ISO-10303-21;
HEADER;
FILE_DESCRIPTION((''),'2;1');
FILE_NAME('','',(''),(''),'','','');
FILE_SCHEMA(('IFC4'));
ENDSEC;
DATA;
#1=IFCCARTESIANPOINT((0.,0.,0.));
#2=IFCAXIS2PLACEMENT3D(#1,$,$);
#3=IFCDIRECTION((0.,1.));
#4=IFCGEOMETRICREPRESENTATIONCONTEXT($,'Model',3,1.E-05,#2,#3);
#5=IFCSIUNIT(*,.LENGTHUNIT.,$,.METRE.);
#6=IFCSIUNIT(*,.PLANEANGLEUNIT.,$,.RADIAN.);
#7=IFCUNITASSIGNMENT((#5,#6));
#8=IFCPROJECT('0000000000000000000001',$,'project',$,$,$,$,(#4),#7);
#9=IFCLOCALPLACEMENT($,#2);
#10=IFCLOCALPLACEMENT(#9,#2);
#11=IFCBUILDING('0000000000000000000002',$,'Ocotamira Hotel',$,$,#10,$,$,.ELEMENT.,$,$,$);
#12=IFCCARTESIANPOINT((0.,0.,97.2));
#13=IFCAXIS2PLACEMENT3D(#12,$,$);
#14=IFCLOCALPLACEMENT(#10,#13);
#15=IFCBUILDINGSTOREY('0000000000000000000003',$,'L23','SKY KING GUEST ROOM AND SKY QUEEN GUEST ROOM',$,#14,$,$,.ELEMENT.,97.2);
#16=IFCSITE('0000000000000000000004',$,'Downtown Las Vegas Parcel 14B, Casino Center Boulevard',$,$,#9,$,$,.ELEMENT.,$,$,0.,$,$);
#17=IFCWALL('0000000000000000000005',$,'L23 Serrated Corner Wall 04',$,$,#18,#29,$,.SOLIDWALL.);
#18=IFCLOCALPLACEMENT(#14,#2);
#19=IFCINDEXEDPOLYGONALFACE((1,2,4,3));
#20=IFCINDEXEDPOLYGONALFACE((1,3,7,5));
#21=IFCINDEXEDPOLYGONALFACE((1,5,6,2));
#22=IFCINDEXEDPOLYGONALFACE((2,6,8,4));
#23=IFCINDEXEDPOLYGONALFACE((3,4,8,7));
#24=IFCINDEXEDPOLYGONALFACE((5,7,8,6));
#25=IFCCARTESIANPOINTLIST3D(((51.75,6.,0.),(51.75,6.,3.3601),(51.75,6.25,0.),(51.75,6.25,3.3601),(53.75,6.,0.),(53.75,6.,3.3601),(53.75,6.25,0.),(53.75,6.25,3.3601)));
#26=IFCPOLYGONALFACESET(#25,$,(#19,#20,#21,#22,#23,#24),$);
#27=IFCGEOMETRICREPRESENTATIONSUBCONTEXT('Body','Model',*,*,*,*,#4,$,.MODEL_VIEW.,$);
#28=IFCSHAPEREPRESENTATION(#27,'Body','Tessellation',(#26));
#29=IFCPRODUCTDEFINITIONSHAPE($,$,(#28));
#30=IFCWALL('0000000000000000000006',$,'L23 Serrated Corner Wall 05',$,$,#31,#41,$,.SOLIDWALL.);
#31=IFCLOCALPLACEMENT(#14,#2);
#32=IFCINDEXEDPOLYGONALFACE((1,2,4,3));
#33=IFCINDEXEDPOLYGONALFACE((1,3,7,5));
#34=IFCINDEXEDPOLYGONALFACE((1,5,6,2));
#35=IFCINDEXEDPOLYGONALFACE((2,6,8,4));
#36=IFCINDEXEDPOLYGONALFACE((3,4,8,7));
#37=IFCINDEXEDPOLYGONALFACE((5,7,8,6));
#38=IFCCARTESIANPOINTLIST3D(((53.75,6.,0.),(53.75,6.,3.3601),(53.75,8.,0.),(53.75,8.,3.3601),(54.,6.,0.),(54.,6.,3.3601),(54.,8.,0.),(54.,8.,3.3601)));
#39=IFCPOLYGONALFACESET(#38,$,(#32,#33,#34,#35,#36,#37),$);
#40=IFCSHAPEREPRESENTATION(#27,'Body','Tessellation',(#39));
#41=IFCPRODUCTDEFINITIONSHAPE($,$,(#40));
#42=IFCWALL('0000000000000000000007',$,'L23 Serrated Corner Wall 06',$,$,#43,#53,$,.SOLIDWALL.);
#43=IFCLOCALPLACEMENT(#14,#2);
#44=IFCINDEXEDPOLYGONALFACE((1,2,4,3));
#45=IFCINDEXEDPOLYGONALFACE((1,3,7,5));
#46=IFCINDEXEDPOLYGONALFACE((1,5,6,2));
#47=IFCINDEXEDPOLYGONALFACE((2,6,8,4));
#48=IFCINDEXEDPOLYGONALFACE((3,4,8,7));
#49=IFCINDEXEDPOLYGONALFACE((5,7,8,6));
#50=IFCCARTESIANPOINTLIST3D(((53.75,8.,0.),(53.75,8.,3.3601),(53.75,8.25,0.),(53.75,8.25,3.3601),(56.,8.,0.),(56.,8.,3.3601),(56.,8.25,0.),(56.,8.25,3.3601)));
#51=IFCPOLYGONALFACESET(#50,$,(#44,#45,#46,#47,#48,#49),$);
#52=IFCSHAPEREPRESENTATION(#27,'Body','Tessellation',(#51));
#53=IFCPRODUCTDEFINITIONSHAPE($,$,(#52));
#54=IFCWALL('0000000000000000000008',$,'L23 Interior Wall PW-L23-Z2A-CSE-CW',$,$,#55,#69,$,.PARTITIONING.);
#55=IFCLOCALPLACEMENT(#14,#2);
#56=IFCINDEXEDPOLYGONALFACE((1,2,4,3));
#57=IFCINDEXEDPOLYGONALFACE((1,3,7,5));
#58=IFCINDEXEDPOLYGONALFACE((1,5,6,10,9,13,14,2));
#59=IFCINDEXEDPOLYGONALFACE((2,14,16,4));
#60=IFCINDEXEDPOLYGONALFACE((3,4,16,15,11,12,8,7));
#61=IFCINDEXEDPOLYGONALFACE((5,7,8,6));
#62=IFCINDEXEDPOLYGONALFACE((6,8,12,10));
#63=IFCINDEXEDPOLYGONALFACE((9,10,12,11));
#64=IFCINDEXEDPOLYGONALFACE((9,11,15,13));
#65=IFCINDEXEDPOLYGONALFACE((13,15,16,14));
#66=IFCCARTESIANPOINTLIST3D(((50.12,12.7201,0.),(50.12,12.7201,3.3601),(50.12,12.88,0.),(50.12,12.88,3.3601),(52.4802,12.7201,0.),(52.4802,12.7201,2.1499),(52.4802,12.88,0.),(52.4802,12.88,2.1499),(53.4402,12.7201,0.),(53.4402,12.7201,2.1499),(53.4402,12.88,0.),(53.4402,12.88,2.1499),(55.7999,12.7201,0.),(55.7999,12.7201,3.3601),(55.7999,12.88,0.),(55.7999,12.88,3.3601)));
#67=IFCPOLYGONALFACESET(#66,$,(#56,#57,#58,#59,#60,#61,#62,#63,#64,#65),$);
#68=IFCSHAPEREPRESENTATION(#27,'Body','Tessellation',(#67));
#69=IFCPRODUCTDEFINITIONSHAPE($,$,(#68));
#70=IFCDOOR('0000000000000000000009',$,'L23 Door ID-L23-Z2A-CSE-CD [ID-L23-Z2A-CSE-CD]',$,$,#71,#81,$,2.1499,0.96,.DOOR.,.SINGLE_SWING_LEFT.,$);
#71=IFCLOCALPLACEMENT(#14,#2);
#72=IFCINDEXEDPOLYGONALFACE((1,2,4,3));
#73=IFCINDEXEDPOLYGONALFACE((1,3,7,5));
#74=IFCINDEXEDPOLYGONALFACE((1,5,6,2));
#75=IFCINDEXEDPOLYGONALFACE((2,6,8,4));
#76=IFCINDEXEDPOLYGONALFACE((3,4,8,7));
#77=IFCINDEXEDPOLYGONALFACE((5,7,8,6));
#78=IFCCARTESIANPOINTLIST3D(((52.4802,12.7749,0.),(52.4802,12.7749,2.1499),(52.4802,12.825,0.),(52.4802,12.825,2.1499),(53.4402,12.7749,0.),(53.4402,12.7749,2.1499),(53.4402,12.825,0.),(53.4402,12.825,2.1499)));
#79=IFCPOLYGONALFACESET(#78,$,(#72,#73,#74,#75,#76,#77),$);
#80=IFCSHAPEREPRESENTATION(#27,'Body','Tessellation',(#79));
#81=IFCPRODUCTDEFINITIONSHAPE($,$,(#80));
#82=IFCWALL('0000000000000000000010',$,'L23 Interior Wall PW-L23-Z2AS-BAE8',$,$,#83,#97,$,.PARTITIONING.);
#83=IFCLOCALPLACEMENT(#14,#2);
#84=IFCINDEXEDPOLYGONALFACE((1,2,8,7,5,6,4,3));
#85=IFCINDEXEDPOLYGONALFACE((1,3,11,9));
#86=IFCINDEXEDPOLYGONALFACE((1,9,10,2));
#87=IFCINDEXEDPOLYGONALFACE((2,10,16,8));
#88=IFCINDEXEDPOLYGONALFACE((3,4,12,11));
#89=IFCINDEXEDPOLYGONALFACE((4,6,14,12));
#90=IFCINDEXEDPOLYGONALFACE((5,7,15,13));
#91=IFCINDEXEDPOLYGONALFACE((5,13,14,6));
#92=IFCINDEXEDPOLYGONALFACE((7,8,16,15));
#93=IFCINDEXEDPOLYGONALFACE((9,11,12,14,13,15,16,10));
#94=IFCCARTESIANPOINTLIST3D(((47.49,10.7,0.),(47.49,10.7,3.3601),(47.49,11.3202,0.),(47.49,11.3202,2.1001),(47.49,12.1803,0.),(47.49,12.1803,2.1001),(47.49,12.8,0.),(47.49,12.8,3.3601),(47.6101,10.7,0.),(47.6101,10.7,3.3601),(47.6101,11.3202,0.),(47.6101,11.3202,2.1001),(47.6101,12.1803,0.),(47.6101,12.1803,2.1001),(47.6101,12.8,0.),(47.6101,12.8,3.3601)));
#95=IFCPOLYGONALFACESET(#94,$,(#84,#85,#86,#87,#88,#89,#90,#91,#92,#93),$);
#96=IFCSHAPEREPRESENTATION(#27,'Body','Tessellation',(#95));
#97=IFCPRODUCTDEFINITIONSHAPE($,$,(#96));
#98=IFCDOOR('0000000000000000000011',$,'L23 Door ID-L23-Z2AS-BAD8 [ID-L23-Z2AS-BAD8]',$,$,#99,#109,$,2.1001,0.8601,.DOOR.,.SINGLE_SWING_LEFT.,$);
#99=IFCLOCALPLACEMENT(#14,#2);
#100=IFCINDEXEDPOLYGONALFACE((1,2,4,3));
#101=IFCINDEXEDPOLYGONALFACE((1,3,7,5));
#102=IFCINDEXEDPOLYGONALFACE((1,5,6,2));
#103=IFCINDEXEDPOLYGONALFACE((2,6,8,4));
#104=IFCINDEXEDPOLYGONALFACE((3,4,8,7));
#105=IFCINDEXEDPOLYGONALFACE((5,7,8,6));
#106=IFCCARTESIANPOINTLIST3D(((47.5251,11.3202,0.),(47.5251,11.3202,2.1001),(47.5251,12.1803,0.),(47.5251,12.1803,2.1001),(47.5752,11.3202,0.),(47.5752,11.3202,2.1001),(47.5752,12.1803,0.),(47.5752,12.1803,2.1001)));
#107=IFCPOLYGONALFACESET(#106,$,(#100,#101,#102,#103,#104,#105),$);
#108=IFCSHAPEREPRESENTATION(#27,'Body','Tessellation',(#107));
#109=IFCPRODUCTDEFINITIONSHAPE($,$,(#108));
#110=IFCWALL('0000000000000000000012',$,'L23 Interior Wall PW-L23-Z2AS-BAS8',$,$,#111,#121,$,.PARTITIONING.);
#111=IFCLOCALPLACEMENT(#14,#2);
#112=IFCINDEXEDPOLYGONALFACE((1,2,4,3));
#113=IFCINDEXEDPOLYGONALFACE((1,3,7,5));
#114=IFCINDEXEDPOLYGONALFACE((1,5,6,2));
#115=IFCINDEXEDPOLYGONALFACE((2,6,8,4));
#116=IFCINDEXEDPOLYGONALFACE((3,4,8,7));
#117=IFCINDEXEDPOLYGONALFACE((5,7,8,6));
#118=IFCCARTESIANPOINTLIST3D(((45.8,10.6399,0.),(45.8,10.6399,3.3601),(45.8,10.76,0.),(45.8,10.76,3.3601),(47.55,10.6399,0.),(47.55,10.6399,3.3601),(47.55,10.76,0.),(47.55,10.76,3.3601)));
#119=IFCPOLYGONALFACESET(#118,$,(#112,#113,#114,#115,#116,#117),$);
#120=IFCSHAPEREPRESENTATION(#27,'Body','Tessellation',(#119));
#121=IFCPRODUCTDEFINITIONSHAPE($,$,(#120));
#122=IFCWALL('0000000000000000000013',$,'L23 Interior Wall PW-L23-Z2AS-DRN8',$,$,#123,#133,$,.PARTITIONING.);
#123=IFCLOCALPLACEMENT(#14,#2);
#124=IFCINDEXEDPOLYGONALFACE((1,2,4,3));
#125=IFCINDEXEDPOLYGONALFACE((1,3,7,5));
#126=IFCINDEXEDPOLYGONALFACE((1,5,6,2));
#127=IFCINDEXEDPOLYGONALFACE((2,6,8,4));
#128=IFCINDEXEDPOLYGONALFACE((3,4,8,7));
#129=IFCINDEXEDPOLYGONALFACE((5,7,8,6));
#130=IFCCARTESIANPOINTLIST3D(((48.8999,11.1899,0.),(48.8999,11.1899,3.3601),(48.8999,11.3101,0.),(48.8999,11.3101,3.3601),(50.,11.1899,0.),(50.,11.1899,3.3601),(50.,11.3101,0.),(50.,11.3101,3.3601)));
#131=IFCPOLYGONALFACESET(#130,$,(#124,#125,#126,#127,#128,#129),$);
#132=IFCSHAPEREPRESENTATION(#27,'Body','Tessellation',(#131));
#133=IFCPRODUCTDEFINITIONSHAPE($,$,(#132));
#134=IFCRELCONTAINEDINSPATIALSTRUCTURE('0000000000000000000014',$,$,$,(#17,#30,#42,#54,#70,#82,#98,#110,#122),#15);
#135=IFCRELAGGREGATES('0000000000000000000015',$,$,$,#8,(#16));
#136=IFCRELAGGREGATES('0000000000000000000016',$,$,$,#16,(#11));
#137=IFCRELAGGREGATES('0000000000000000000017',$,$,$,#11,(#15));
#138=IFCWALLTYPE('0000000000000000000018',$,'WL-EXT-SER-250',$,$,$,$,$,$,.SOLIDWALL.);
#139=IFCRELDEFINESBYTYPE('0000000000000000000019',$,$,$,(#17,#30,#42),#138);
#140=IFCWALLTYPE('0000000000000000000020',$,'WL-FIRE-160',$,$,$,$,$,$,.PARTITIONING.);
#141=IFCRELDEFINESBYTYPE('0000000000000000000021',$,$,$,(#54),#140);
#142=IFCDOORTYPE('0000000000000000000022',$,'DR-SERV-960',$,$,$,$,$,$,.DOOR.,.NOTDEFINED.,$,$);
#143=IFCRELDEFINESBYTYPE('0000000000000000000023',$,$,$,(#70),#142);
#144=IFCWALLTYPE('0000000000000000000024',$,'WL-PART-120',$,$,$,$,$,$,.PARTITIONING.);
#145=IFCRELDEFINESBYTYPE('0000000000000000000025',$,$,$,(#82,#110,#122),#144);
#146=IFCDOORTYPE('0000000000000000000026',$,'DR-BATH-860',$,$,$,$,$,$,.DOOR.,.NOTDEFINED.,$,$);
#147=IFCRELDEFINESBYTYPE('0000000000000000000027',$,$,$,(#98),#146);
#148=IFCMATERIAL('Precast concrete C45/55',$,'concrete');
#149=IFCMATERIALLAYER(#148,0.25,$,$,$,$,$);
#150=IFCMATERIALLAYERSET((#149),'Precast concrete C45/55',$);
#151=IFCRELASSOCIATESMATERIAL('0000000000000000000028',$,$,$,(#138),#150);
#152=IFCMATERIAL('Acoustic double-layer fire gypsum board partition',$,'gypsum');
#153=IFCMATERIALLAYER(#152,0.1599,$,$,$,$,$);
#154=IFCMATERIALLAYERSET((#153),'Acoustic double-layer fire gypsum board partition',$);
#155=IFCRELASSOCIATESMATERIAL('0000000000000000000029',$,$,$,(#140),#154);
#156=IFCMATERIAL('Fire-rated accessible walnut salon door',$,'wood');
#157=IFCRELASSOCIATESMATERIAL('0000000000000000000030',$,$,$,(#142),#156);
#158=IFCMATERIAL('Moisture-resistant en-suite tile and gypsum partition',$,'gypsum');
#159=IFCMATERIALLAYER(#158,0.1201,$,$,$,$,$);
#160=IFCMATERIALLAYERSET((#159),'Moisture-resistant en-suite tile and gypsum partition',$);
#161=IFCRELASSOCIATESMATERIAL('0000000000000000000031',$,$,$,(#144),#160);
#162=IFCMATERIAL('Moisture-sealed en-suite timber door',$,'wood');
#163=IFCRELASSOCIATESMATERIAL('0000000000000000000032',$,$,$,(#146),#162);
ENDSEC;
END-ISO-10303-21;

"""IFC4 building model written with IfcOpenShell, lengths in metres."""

from ifc_helpers import new_model, si_unit, direction, frame, frame_2d, origin, place, context, subcontext, project, spatial, rectangle, extrude, source, transform, mapped, material, layer, layer_set, type_object, element, fill, save


model = new_model("IFC4")

# Units and contexts
model_context = context("Model", 3, precision=1e-05, world=origin(), true_north=direction((0.0, 1.0)))
body_context = subcontext(model_context, "Body", "Model", "MODEL_VIEW")
ifc_project = project(units=[si_unit("LENGTHUNIT", "METRE"), si_unit("PLANEANGLEUNIT", "RADIAN")], contexts=[model_context])

# Site, building, storey
site_placement = place(None, origin())
site = spatial("IfcSite", under=ifc_project, at=site_placement, Name="Downtown Las Vegas Parcel 14B, Casino Center Boulevard", CompositionType="ELEMENT", RefElevation=0.0)
building_placement = place(site_placement, origin())
building = spatial("IfcBuilding", under=site, at=building_placement, Name="Ocotamira Hotel", CompositionType="ELEMENT")
storey_placement = place(building_placement, frame((0.0, 0.0, 97.2)))
storey = spatial("IfcBuildingStorey", under=building, at=storey_placement, Name="L23", Description="SKY KING GUEST ROOM AND SKY QUEEN GUEST ROOM", CompositionType="ELEMENT", Elevation=97.2)

# Shared definitions
ifc_material_1 = material(Name="Precast concrete C45/55", Category="concrete")
ifc_layer_1 = layer(ifc_material_1, 0.25)
ifc_layer_set_1 = layer_set([ifc_layer_1], Name="Precast concrete C45/55")
wall_type_1 = type_object("IfcWallType", Name="WL-EXT-SER-250", PredefinedType="SOLIDWALL", material=ifc_layer_set_1)

# Walls
for number, where, z_axis, x_axis, name in (
    (1, (51.75, 6.125, 0.0), (0.0, 0.0, 1.0), (1.0, 0.0, 0.0), "L23 Serrated Corner Wall 04"),
    (2, (53.875, 6.0, 0.0), (0.0, 0.0, 1.0), (0.0, 1.0, 0.0), "L23 Serrated Corner Wall 05"),
):
    element("IfcWall", number, at=place(storey_placement, frame(where, z_axis=z_axis, x_axis=x_axis)), inside=storey, type_object=wall_type_1, Name=name, PredefinedType="SOLIDWALL", context=body_context, shape_type="SweptSolid", body=[
        extrude(rectangle(XDim=2.0, YDim=0.25, at=frame_2d((1.0, 0.0))), origin(), (0.0, 0.0, 1.0), 3.3601),
    ])
wall_1_placement = place(storey_placement, frame((53.75, 8.125, 0.0), z_axis=(0.0, 0.0, 1.0), x_axis=(1.0, 0.0, 0.0)))
element("IfcWall", 3, at=wall_1_placement, inside=storey, type_object=wall_type_1, Name="L23 Serrated Corner Wall 06", PredefinedType="SOLIDWALL", context=body_context, shape_type="SweptSolid", body=[
    extrude(rectangle(XDim=2.25, YDim=0.25, at=frame_2d((1.125, 0.0))), origin(), (0.0, 0.0, 1.0), 3.3601),
])

# Walls, openings, doors
ifc_material_2 = material(Name="Acoustic double-layer fire gypsum board partition", Category="gypsum")
ifc_layer_2 = layer(ifc_material_2, 0.1599)
ifc_layer_set_2 = layer_set([ifc_layer_2], Name="Acoustic double-layer fire gypsum board partition")
wall_type_2 = type_object("IfcWallType", Name="WL-FIRE-160", PredefinedType="PARTITIONING", material=ifc_layer_set_2)
wall_2_placement = place(storey_placement, frame((50.1201, 12.8, 0.0), z_axis=(0.0, 0.0, 1.0), x_axis=(1.0, 0.0, 0.0)))
wall_2 = element("IfcWall", 4, at=wall_2_placement, inside=storey, type_object=wall_type_2, Name="L23 Interior Wall PW-L23-Z2A-CSE-CW", PredefinedType="PARTITIONING", context=body_context, shape_type="SweptSolid", body=[
    extrude(rectangle(XDim=5.6799, YDim=0.1599, at=frame_2d((2.8398, 0.0))), origin(), (0.0, 0.0, 1.0), 3.3601),
])
opening_1_placement = place(wall_2_placement, frame((2.3601, 0.0, 0.0)))
opening_1 = element("IfcOpeningElement", 5, at=opening_1_placement, cuts=wall_2, PredefinedType="OPENING", context=body_context, shape_type="SweptSolid", body=[
    extrude(rectangle(XDim=0.96, YDim=2.1499, at=frame_2d((0.48, 1.075))), frame((0.0, 0.0898, 0.0), z_axis=(0.0, -1.0, 0.0), x_axis=(1.0, 0.0, 0.0)), (0.0, 0.0, 1.0), 0.1799),
])
ifc_material_3 = material(Name="Fire-rated accessible walnut salon door", Category="wood")
door_type_1 = type_object("IfcDoorType", Name="DR-SERV-960", OperationType="NOTDEFINED", PredefinedType="DOOR", material=ifc_material_3)
shared_shape_1 = source(origin(), body_context, "Body", "SweptSolid", [
    extrude(rectangle(XDim=0.96, YDim=2.1499, at=frame_2d((0.48, 1.075))), frame((0.0, 0.0249, 0.0), z_axis=(0.0, -1.0, 0.0), x_axis=(1.0, 0.0, 0.0)), (0.0, 0.0, 1.0), 0.05),
])
door_1_placement = place(opening_1_placement, origin())
door_1 = element("IfcDoor", 6, at=door_1_placement, inside=storey, type_object=door_type_1, Name="L23 Door ID-L23-Z2A-CSE-CD [ID-L23-Z2A-CSE-CD]", OperationType="SINGLE_SWING_LEFT", OverallHeight=2.1499, OverallWidth=0.96, PredefinedType="DOOR", context=body_context, shape_type="MappedRepresentation", body=[
    mapped(shared_shape_1, transform((0.0, 0.0, 0.0), scale=1.0)),
])
fill(opening_1, door_1)
ifc_material_4 = material(Name="Moisture-resistant en-suite tile and gypsum partition", Category="gypsum")
ifc_layer_3 = layer(ifc_material_4, 0.1201)
ifc_layer_set_3 = layer_set([ifc_layer_3], Name="Moisture-resistant en-suite tile and gypsum partition")
wall_type_3 = type_object("IfcWallType", Name="WL-PART-120", PredefinedType="PARTITIONING", material=ifc_layer_set_3)
wall_3_placement = place(storey_placement, frame((47.55, 10.7, 0.0), z_axis=(0.0, 0.0, 1.0), x_axis=(0.0, 1.0, 0.0)))
wall_3 = element("IfcWall", 7, at=wall_3_placement, inside=storey, type_object=wall_type_3, Name="L23 Interior Wall PW-L23-Z2AS-BAE8", PredefinedType="PARTITIONING", context=body_context, shape_type="SweptSolid", body=[
    extrude(rectangle(XDim=2.1001, YDim=0.1201, at=frame_2d((1.05, 0.0))), origin(), (0.0, 0.0, 1.0), 3.3601),
])
opening_2_placement = place(wall_3_placement, frame((0.6201, 0.0, 0.0)))
opening_2 = element("IfcOpeningElement", 8, at=opening_2_placement, cuts=wall_3, PredefinedType="OPENING", context=body_context, shape_type="SweptSolid", body=[
    extrude(rectangle(XDim=0.8601, YDim=2.1001, at=frame_2d((0.4302, 1.05))), frame((0.0, 0.0701, 0.0), z_axis=(0.0, -1.0, 0.0), x_axis=(1.0, 0.0, 0.0)), (0.0, 0.0, 1.0), 0.1401),
])
ifc_material_5 = material(Name="Moisture-sealed en-suite timber door", Category="wood")
door_type_2 = type_object("IfcDoorType", Name="DR-BATH-860", OperationType="NOTDEFINED", PredefinedType="DOOR", material=ifc_material_5)
shared_shape_2 = source(origin(), body_context, "Body", "SweptSolid", [
    extrude(rectangle(XDim=0.8601, YDim=2.1001, at=frame_2d((0.4302, 1.05))), frame((0.0, 0.0249, 0.0), z_axis=(0.0, -1.0, 0.0), x_axis=(1.0, 0.0, 0.0)), (0.0, 0.0, 1.0), 0.05),
])
door_2_placement = place(opening_2_placement, origin())
door_2 = element("IfcDoor", 9, at=door_2_placement, inside=storey, type_object=door_type_2, Name="L23 Door ID-L23-Z2AS-BAD8 [ID-L23-Z2AS-BAD8]", OperationType="SINGLE_SWING_LEFT", OverallHeight=2.1001, OverallWidth=0.8601, PredefinedType="DOOR", context=body_context, shape_type="MappedRepresentation", body=[
    mapped(shared_shape_2, transform((0.0, 0.0, 0.0), scale=1.0)),
])
fill(opening_2, door_2)

# Walls
wall_4_placement = place(storey_placement, frame((45.8, 10.7, 0.0), z_axis=(0.0, 0.0, 1.0), x_axis=(1.0, 0.0, 0.0)))
element("IfcWall", 10, at=wall_4_placement, inside=storey, type_object=wall_type_3, Name="L23 Interior Wall PW-L23-Z2AS-BAS8", PredefinedType="PARTITIONING", context=body_context, shape_type="SweptSolid", body=[
    extrude(rectangle(XDim=1.75, YDim=0.1201, at=frame_2d((0.875, 0.0))), origin(), (0.0, 0.0, 1.0), 3.3601),
])
wall_5_placement = place(storey_placement, frame((48.8999, 11.25, 0.0), z_axis=(0.0, 0.0, 1.0), x_axis=(1.0, 0.0, 0.0)))
element("IfcWall", 11, at=wall_5_placement, inside=storey, type_object=wall_type_3, Name="L23 Interior Wall PW-L23-Z2AS-DRN8", PredefinedType="PARTITIONING", context=body_context, shape_type="SweptSolid", body=[
    extrude(rectangle(XDim=1.1001, YDim=0.1201, at=frame_2d((0.55, 0.0))), origin(), (0.0, 0.0, 1.0), 3.3601),
])

save(model, "model.ifc")
